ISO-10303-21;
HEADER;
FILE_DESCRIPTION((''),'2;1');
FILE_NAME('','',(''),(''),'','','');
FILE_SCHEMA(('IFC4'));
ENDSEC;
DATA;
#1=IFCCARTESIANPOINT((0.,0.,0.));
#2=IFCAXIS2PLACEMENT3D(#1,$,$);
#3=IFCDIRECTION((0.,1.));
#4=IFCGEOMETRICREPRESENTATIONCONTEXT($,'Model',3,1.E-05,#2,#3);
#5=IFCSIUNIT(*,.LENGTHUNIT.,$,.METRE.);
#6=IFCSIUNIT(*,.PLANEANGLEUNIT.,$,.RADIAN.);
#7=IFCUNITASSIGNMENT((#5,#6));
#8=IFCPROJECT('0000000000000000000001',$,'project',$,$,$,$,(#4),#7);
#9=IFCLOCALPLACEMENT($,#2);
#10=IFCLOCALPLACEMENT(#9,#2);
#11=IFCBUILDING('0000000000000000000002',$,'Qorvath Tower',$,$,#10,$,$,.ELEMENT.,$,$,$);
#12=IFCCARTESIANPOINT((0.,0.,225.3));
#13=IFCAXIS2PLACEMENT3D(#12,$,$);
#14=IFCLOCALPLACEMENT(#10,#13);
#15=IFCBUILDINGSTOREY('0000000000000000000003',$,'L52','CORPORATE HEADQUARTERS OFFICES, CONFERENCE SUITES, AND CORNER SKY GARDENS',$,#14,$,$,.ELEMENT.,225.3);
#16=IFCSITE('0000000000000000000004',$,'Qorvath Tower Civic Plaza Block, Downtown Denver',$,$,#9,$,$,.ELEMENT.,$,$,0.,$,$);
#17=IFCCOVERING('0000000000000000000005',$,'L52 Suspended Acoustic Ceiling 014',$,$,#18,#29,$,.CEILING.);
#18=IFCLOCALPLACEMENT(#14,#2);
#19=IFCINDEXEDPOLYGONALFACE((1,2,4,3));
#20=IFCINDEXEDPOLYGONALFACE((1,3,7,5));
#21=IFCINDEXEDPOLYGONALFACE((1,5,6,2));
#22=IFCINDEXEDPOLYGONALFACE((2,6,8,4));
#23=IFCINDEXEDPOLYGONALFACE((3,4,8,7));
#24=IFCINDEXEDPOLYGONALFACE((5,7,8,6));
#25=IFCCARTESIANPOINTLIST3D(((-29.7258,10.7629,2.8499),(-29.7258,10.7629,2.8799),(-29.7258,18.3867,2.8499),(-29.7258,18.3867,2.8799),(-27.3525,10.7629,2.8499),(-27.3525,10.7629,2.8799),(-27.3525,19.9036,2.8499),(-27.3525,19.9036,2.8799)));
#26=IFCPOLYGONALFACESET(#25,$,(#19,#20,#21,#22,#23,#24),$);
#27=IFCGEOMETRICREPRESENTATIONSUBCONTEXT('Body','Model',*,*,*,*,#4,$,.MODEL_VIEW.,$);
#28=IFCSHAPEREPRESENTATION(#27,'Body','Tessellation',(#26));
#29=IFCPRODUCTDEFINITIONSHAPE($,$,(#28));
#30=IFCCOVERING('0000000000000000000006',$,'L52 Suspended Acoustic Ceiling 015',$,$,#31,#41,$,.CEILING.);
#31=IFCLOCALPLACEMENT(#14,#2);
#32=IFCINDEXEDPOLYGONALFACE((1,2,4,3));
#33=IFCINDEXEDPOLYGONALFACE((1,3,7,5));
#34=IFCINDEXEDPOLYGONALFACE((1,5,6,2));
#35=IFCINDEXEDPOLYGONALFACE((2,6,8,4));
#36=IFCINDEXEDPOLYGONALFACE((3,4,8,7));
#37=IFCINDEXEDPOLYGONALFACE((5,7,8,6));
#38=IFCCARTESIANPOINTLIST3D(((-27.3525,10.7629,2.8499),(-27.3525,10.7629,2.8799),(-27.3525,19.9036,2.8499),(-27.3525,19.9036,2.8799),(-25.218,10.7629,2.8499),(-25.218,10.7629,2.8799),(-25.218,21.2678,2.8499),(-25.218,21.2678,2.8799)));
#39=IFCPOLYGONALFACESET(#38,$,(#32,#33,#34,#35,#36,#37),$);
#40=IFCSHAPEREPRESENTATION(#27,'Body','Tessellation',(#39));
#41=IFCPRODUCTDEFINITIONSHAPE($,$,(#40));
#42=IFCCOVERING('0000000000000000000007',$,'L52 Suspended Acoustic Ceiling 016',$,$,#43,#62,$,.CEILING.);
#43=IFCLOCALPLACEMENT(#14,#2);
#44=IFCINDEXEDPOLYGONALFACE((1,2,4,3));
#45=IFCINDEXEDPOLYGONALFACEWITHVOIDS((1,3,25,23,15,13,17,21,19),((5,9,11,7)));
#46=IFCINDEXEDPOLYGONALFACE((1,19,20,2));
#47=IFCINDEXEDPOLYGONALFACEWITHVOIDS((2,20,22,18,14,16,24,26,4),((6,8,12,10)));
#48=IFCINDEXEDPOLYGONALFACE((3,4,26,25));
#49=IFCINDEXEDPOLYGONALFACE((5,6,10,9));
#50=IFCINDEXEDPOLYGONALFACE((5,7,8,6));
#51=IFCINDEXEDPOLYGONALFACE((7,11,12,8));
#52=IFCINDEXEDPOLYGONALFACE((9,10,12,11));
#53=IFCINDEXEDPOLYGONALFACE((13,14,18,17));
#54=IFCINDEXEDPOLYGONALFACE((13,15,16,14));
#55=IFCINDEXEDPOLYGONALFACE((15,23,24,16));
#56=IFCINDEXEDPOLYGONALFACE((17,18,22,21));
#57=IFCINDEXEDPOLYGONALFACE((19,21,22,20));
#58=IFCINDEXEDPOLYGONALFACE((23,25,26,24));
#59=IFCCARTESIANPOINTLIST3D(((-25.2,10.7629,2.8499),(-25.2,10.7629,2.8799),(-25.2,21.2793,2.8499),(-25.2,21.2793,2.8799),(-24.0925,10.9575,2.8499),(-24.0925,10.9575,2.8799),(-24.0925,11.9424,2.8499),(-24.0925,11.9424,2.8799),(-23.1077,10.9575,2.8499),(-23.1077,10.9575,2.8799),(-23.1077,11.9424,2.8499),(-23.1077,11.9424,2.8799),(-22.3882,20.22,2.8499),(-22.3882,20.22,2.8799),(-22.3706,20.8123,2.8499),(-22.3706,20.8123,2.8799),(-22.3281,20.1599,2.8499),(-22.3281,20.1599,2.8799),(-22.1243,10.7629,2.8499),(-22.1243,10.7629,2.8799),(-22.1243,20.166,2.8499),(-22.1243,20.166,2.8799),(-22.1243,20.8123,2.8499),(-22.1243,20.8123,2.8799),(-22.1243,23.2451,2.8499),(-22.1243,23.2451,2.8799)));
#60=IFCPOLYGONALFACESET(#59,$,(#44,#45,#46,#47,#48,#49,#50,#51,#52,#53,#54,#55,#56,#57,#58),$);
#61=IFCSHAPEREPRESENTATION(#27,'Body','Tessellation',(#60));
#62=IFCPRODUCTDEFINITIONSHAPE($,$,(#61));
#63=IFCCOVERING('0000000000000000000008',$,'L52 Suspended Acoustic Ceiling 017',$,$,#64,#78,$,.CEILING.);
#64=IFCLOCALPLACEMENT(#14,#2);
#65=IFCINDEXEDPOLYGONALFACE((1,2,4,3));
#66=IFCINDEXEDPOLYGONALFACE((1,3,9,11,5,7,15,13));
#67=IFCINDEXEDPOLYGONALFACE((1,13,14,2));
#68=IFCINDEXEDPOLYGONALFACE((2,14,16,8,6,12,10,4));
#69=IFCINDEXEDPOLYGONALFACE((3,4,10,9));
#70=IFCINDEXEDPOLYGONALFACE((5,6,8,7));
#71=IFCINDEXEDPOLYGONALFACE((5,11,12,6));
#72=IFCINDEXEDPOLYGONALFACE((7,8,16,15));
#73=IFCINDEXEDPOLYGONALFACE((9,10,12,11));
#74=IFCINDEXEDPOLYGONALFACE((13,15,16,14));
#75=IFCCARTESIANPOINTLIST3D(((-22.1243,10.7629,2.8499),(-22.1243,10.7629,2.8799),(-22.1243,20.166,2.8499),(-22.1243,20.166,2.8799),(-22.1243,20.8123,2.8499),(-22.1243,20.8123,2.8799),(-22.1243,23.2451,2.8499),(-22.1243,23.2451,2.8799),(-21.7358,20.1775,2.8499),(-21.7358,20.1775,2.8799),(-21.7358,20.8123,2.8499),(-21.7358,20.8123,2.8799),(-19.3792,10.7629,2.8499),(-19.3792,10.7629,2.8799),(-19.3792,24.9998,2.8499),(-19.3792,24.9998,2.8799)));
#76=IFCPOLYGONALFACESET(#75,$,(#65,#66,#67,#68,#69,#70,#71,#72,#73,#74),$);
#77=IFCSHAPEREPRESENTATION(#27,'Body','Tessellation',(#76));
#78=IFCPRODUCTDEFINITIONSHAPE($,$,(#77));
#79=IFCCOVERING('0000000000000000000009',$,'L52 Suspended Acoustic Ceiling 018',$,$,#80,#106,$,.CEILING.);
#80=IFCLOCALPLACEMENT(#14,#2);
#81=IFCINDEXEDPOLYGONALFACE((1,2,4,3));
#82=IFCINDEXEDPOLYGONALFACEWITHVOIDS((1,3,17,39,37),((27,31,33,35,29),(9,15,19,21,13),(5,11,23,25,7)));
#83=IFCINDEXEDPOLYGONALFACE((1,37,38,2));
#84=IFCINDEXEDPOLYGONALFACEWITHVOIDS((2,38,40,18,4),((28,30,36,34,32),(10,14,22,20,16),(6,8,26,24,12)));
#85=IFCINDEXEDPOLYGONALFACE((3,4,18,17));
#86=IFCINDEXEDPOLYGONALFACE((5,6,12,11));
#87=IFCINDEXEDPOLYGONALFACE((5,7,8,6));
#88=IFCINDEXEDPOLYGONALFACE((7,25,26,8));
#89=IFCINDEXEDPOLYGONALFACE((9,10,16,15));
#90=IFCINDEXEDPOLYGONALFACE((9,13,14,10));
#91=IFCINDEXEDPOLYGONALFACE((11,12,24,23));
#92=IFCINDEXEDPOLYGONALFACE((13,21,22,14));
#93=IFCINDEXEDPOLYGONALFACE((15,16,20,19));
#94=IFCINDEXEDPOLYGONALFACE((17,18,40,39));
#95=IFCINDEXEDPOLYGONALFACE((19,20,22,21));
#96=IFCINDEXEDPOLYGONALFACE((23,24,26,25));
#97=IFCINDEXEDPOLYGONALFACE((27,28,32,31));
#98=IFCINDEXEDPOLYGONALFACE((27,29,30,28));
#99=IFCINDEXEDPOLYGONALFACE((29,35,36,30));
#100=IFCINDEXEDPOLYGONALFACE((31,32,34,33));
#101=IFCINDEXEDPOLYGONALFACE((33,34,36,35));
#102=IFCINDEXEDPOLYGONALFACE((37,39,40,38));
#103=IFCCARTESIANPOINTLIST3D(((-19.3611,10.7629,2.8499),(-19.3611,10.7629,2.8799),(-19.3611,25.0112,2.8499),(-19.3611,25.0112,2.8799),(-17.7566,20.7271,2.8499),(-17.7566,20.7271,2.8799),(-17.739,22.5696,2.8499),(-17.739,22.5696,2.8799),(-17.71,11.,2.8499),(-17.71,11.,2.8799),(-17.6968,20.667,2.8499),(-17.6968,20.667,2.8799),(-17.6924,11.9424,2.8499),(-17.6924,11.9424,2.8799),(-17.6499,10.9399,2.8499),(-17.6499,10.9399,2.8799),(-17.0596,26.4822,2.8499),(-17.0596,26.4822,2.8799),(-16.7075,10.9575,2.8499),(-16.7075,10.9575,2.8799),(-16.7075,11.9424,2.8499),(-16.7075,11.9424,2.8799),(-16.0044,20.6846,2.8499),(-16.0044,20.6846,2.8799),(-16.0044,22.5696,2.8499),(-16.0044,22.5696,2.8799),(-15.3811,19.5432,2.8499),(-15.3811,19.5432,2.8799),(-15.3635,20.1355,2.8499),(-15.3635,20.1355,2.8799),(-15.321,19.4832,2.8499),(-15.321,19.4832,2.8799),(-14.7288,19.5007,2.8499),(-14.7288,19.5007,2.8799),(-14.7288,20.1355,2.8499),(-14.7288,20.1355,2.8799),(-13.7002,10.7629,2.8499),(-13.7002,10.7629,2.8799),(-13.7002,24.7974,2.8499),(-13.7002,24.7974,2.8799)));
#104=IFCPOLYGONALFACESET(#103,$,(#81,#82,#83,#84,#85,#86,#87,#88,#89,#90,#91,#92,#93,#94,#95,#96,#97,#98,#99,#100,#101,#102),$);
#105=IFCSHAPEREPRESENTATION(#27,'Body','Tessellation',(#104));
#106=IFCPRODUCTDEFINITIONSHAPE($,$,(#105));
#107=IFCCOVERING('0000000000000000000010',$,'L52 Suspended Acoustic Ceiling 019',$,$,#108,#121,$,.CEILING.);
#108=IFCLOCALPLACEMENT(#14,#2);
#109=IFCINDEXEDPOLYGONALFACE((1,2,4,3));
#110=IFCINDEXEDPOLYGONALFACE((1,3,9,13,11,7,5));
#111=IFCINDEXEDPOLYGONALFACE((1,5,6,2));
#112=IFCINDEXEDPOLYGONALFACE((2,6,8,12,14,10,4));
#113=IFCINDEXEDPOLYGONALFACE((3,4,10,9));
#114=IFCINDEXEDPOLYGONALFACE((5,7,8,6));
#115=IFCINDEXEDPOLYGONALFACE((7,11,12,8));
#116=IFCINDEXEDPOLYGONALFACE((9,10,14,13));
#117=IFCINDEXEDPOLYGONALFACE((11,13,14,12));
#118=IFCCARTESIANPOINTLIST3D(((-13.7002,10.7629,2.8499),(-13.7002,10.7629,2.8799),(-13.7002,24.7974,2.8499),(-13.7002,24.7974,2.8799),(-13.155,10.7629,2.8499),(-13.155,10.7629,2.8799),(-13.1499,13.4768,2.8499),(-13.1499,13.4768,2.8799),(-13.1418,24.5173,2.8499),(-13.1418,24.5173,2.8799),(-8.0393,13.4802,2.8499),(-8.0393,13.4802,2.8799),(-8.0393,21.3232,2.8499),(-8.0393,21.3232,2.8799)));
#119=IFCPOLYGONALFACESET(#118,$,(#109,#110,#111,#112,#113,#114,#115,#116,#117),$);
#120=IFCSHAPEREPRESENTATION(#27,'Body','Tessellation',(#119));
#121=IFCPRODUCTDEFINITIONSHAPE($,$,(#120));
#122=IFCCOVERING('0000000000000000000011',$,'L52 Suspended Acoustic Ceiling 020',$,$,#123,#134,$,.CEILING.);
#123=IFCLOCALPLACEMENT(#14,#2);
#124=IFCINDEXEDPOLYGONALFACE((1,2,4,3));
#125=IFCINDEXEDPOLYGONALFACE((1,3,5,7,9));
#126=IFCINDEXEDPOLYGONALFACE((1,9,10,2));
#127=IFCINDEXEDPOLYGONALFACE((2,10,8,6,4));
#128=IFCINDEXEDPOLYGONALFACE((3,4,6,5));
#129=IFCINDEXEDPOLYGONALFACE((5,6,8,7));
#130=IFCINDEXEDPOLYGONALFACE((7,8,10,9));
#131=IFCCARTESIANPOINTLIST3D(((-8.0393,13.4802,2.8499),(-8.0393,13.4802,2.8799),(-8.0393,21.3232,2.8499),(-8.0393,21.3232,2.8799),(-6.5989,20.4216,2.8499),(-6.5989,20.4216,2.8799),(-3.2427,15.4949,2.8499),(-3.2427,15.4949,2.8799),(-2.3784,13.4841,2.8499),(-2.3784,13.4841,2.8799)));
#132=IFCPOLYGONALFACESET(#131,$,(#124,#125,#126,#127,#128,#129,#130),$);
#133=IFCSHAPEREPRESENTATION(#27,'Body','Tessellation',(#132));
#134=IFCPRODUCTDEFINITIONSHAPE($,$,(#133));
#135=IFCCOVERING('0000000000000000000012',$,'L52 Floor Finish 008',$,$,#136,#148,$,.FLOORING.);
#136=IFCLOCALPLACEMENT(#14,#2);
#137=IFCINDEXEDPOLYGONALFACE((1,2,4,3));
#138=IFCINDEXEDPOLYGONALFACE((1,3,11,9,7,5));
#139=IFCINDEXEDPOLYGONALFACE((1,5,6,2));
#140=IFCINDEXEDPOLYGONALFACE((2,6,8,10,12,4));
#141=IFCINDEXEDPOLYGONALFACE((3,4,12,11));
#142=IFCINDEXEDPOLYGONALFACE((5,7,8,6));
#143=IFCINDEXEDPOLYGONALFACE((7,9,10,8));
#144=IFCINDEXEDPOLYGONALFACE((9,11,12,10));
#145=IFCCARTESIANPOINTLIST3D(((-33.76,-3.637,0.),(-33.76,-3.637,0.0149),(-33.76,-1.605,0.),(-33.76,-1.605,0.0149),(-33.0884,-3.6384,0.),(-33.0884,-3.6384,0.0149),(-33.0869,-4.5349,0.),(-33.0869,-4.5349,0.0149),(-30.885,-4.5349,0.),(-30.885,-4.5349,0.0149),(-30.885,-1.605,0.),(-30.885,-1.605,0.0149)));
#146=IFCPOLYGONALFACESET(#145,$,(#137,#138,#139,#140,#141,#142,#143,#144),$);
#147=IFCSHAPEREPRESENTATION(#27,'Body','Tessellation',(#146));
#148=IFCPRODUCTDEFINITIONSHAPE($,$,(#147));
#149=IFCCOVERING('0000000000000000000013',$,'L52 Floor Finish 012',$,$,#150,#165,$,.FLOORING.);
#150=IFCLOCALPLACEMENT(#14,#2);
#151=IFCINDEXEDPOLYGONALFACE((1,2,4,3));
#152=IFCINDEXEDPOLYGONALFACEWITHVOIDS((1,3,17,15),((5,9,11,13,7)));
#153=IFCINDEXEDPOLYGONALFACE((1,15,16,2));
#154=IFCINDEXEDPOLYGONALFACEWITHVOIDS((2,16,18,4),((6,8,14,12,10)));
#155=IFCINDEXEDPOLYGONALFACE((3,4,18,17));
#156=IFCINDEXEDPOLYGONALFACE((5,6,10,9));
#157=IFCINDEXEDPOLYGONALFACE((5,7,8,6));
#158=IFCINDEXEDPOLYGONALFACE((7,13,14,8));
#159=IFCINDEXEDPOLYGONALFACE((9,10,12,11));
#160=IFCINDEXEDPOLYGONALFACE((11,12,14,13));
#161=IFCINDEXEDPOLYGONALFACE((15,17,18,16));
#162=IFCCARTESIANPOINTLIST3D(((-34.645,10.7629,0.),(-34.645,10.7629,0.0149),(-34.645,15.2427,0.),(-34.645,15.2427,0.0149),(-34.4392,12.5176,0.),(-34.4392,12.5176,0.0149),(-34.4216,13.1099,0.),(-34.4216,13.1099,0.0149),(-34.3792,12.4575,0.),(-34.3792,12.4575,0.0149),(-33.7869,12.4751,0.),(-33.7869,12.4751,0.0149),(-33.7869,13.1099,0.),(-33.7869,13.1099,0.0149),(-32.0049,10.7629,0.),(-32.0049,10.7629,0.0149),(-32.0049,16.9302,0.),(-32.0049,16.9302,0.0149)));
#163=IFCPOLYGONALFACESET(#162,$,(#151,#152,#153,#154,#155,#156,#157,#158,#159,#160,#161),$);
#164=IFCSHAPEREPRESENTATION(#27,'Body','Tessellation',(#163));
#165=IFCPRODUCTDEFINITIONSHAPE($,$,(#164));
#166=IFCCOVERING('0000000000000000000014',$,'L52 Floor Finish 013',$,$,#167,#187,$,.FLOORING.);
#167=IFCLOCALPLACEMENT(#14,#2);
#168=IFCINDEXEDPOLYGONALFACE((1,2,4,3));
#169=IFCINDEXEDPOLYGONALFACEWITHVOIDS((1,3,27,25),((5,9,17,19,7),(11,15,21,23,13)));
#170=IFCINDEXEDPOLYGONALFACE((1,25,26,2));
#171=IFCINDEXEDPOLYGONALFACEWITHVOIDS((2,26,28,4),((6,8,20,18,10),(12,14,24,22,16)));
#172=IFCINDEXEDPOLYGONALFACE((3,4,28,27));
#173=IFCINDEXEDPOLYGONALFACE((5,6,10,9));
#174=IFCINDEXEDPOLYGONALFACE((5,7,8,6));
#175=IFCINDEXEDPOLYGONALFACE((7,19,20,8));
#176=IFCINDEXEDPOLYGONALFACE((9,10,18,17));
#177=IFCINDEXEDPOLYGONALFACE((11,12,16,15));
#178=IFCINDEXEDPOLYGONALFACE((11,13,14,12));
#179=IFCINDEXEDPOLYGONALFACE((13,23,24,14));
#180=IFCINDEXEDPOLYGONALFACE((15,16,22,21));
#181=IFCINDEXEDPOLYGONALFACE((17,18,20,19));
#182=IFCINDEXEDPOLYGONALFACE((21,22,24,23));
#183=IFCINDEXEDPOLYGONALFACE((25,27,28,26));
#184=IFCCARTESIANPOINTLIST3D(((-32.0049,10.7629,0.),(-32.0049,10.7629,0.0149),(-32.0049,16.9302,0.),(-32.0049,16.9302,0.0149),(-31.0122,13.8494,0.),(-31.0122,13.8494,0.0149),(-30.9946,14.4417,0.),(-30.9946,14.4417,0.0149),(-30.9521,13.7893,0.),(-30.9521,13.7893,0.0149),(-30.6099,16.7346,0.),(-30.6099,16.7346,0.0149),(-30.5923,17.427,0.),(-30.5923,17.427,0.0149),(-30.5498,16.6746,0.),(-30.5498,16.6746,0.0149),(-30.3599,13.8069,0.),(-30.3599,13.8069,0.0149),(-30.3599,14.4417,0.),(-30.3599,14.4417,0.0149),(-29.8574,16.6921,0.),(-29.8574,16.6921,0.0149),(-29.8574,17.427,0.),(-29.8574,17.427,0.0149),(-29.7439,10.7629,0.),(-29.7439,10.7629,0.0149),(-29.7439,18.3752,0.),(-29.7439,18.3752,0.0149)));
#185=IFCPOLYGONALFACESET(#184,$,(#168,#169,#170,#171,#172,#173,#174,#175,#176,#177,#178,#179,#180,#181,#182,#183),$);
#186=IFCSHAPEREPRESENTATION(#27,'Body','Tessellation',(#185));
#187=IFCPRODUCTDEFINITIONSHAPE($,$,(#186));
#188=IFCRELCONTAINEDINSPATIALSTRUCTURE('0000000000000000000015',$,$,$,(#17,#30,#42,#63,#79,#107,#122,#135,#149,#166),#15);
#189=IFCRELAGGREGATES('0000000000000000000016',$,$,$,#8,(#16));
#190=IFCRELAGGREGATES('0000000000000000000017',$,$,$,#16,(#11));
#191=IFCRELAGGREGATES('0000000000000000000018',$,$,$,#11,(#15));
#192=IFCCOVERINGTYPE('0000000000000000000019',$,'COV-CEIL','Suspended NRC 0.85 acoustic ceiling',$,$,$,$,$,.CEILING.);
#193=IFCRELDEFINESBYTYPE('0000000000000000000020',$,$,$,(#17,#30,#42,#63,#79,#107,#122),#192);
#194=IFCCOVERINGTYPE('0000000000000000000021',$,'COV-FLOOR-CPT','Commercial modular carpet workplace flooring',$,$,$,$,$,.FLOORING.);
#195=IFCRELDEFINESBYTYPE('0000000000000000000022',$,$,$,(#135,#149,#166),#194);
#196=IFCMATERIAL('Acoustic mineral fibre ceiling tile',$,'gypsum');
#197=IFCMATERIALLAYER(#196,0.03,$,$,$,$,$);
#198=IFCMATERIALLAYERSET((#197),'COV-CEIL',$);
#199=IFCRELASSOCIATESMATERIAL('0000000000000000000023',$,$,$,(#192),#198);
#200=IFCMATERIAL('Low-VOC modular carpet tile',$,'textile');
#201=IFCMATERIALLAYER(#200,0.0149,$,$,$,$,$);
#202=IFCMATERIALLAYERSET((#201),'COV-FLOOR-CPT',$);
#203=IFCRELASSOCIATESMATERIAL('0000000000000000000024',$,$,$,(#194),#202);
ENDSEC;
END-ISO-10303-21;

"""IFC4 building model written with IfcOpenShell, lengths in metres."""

from ifc_helpers import new_model, si_unit, direction, frame, origin, place, context, subcontext, project, spatial, polyline, outline, extrude, material, layer, layer_set, type_object, element, save


model = new_model("IFC4")

# Units and contexts
model_context = context("Model", 3, precision=1e-05, world=origin(), true_north=direction((0.0, 1.0)))
body_context = subcontext(model_context, "Body", "Model", "MODEL_VIEW")
ifc_project = project(units=[si_unit("LENGTHUNIT", "METRE"), si_unit("PLANEANGLEUNIT", "RADIAN")], contexts=[model_context])

# Site, building, storey
site_placement = place(None, origin())
site = spatial("IfcSite", under=ifc_project, at=site_placement, Name="Qorvath Tower Civic Plaza Block, Downtown Denver", CompositionType="ELEMENT", RefElevation=0.0)
building_placement = place(site_placement, origin())
building = spatial("IfcBuilding", under=site, at=building_placement, Name="Qorvath Tower", CompositionType="ELEMENT")
storey_placement = place(building_placement, frame((0.0, 0.0, 225.3)))
storey = spatial("IfcBuildingStorey", under=building, at=storey_placement, Name="L52", Description="CORPORATE HEADQUARTERS OFFICES, CONFERENCE SUITES, AND CORNER SKY GARDENS", CompositionType="ELEMENT", Elevation=225.3)

# Coverings
ifc_material_1 = material(Name="Acoustic mineral fibre ceiling tile", Category="gypsum")
ifc_layer_1 = layer(ifc_material_1, 0.03)
ifc_layer_set_1 = layer_set([ifc_layer_1], Name="COV-CEIL")
covering_type_1 = type_object("IfcCoveringType", Name="COV-CEIL", Description="Suspended NRC 0.85 acoustic ceiling", PredefinedType="CEILING", material=ifc_layer_set_1)
covering_1_placement = place(storey_placement, frame((0.0, 0.0, 2.8499)))
element("IfcCovering", 1, at=covering_1_placement, inside=storey, type_object=covering_type_1, Name="L52 Suspended Acoustic Ceiling 014", PredefinedType="CEILING", context=body_context, shape_type="SweptSolid", body=[
    extrude(outline(polyline([(-29.7258, 10.7629), (-27.3525, 10.7629), (-27.3525, 19.9036), (-29.7258, 18.3867), (-29.7258, 10.7629)])), origin(), (0.0, 0.0, 1.0), 0.03),
])
covering_2_placement = place(storey_placement, frame((0.0, 0.0, 2.8499)))
element("IfcCovering", 2, at=covering_2_placement, inside=storey, type_object=covering_type_1, Name="L52 Suspended Acoustic Ceiling 015", PredefinedType="CEILING", context=body_context, shape_type="SweptSolid", body=[
    extrude(outline(polyline([(-27.3525, 19.9036), (-27.3525, 10.7629), (-25.218, 10.7629), (-25.218, 21.2678), (-27.3525, 19.9036)])), origin(), (0.0, 0.0, 1.0), 0.03),
])
covering_3_placement = place(storey_placement, frame((0.0, 0.0, 2.8499)))
element("IfcCovering", 3, at=covering_3_placement, inside=storey, type_object=covering_type_1, Name="L52 Suspended Acoustic Ceiling 016", PredefinedType="CEILING", context=body_context, shape_type="SweptSolid", body=[
    extrude(outline(polyline([(-25.2, 10.7629), (-22.1243, 10.7629), (-22.1243, 20.166), (-22.3281, 20.1599), (-22.3882, 20.22), (-22.3706, 20.8123), (-22.1243, 20.8123), (-22.1243, 23.2451), (-25.2, 21.2793), (-25.2, 10.7629)]), holes=[polyline([(-24.0925, 10.9575), (-24.0925, 11.9424), (-23.1077, 11.9424), (-23.1077, 10.9575), (-24.0925, 10.9575)])]), origin(), (0.0, 0.0, 1.0), 0.03),
])
covering_4_placement = place(storey_placement, frame((0.0, 0.0, 2.8499)))
element("IfcCovering", 4, at=covering_4_placement, inside=storey, type_object=covering_type_1, Name="L52 Suspended Acoustic Ceiling 017", PredefinedType="CEILING", context=body_context, shape_type="SweptSolid", body=[
    extrude(outline(polyline([(-22.1243, 23.2451), (-22.1243, 20.8123), (-21.7358, 20.8123), (-21.7358, 20.1775), (-22.1243, 20.166), (-22.1243, 10.7629), (-19.3792, 10.7629), (-19.3792, 24.9998), (-22.1243, 23.2451)])), origin(), (0.0, 0.0, 1.0), 0.03),
])
covering_5_placement = place(storey_placement, frame((0.0, 0.0, 2.8499)))
element("IfcCovering", 5, at=covering_5_placement, inside=storey, type_object=covering_type_1, Name="L52 Suspended Acoustic Ceiling 018", PredefinedType="CEILING", context=body_context, shape_type="SweptSolid", body=[
    extrude(outline(polyline([(-13.7002, 10.7629), (-13.7002, 24.7974), (-17.0596, 26.4822), (-19.3611, 25.0112), (-19.3611, 10.7629), (-13.7002, 10.7629)]), holes=[polyline([(-15.3811, 19.5432), (-15.3635, 20.1355), (-14.7288, 20.1355), (-14.7288, 19.5007), (-15.321, 19.4832), (-15.3811, 19.5432)]), polyline([(-17.7566, 20.7271), (-17.739, 22.5696), (-16.0044, 22.5696), (-16.0044, 20.6846), (-17.6968, 20.667), (-17.7566, 20.7271)]), polyline([(-17.71, 11.0), (-17.6924, 11.9424), (-16.7075, 11.9424), (-16.7075, 10.9575), (-17.6499, 10.9399), (-17.71, 11.0)])]), origin(), (0.0, 0.0, 1.0), 0.03),
])
covering_6_placement = place(storey_placement, frame((0.0, 0.0, 2.8499)))
element("IfcCovering", 6, at=covering_6_placement, inside=storey, type_object=covering_type_1, Name="L52 Suspended Acoustic Ceiling 019", PredefinedType="CEILING", context=body_context, shape_type="SweptSolid", body=[
    extrude(outline(polyline([(-8.0393, 13.4802), (-8.0393, 21.3232), (-13.1418, 24.5173), (-13.7002, 24.7974), (-13.7002, 10.7629), (-13.155, 10.7629), (-13.1499, 13.4768), (-8.0393, 13.4802)])), origin(), (0.0, 0.0, 1.0), 0.03),
])
covering_7_placement = place(storey_placement, frame((0.0, 0.0, 2.8499)))
element("IfcCovering", 7, at=covering_7_placement, inside=storey, type_object=covering_type_1, Name="L52 Suspended Acoustic Ceiling 020", PredefinedType="CEILING", context=body_context, shape_type="SweptSolid", body=[
    extrude(outline(polyline([(-6.5989, 20.4216), (-8.0393, 21.3232), (-8.0393, 13.4802), (-2.3784, 13.4841), (-3.2427, 15.4949), (-6.5989, 20.4216)])), origin(), (0.0, 0.0, 1.0), 0.03),
])
ifc_material_2 = material(Name="Low-VOC modular carpet tile", Category="textile")
ifc_layer_2 = layer(ifc_material_2, 0.0149)
ifc_layer_set_2 = layer_set([ifc_layer_2], Name="COV-FLOOR-CPT")
covering_type_2 = type_object("IfcCoveringType", Name="COV-FLOOR-CPT", Description="Commercial modular carpet workplace flooring", PredefinedType="FLOORING", material=ifc_layer_set_2)
covering_8_placement = place(storey_placement, origin())
element("IfcCovering", 8, at=covering_8_placement, inside=storey, type_object=covering_type_2, Name="L52 Floor Finish 008", PredefinedType="FLOORING", context=body_context, shape_type="SweptSolid", body=[
    extrude(outline(polyline([(-30.885, -4.5349), (-30.885, -1.605), (-33.76, -1.605), (-33.76, -3.637), (-33.0884, -3.6384), (-33.0869, -4.5349), (-30.885, -4.5349)])), origin(), (0.0, 0.0, 1.0), 0.0149),
])
covering_9_placement = place(storey_placement, origin())
element("IfcCovering", 9, at=covering_9_placement, inside=storey, type_object=covering_type_2, Name="L52 Floor Finish 012", PredefinedType="FLOORING", context=body_context, shape_type="SweptSolid", body=[
    extrude(outline(polyline([(-32.0049, 10.7629), (-32.0049, 16.9302), (-34.645, 15.2427), (-34.645, 10.7629), (-32.0049, 10.7629)]), holes=[polyline([(-34.4392, 12.5176), (-34.4216, 13.1099), (-33.7869, 13.1099), (-33.7869, 12.4751), (-34.3792, 12.4575), (-34.4392, 12.5176)])]), origin(), (0.0, 0.0, 1.0), 0.0149),
])
covering_10_placement = place(storey_placement, origin())
element("IfcCovering", 10, at=covering_10_placement, inside=storey, type_object=covering_type_2, Name="L52 Floor Finish 013", PredefinedType="FLOORING", context=body_context, shape_type="SweptSolid", body=[
    extrude(outline(polyline([(-29.7439, 10.7629), (-29.7439, 18.3752), (-32.0049, 16.9302), (-32.0049, 10.7629), (-29.7439, 10.7629)]), holes=[polyline([(-30.6099, 16.7346), (-30.5923, 17.427), (-29.8574, 17.427), (-29.8574, 16.6921), (-30.5498, 16.6746), (-30.6099, 16.7346)]), polyline([(-31.0122, 13.8494), (-30.9946, 14.4417), (-30.3599, 14.4417), (-30.3599, 13.8069), (-30.9521, 13.7893), (-31.0122, 13.8494)])]), origin(), (0.0, 0.0, 1.0), 0.0149),
])

save(model, "model.ifc")
